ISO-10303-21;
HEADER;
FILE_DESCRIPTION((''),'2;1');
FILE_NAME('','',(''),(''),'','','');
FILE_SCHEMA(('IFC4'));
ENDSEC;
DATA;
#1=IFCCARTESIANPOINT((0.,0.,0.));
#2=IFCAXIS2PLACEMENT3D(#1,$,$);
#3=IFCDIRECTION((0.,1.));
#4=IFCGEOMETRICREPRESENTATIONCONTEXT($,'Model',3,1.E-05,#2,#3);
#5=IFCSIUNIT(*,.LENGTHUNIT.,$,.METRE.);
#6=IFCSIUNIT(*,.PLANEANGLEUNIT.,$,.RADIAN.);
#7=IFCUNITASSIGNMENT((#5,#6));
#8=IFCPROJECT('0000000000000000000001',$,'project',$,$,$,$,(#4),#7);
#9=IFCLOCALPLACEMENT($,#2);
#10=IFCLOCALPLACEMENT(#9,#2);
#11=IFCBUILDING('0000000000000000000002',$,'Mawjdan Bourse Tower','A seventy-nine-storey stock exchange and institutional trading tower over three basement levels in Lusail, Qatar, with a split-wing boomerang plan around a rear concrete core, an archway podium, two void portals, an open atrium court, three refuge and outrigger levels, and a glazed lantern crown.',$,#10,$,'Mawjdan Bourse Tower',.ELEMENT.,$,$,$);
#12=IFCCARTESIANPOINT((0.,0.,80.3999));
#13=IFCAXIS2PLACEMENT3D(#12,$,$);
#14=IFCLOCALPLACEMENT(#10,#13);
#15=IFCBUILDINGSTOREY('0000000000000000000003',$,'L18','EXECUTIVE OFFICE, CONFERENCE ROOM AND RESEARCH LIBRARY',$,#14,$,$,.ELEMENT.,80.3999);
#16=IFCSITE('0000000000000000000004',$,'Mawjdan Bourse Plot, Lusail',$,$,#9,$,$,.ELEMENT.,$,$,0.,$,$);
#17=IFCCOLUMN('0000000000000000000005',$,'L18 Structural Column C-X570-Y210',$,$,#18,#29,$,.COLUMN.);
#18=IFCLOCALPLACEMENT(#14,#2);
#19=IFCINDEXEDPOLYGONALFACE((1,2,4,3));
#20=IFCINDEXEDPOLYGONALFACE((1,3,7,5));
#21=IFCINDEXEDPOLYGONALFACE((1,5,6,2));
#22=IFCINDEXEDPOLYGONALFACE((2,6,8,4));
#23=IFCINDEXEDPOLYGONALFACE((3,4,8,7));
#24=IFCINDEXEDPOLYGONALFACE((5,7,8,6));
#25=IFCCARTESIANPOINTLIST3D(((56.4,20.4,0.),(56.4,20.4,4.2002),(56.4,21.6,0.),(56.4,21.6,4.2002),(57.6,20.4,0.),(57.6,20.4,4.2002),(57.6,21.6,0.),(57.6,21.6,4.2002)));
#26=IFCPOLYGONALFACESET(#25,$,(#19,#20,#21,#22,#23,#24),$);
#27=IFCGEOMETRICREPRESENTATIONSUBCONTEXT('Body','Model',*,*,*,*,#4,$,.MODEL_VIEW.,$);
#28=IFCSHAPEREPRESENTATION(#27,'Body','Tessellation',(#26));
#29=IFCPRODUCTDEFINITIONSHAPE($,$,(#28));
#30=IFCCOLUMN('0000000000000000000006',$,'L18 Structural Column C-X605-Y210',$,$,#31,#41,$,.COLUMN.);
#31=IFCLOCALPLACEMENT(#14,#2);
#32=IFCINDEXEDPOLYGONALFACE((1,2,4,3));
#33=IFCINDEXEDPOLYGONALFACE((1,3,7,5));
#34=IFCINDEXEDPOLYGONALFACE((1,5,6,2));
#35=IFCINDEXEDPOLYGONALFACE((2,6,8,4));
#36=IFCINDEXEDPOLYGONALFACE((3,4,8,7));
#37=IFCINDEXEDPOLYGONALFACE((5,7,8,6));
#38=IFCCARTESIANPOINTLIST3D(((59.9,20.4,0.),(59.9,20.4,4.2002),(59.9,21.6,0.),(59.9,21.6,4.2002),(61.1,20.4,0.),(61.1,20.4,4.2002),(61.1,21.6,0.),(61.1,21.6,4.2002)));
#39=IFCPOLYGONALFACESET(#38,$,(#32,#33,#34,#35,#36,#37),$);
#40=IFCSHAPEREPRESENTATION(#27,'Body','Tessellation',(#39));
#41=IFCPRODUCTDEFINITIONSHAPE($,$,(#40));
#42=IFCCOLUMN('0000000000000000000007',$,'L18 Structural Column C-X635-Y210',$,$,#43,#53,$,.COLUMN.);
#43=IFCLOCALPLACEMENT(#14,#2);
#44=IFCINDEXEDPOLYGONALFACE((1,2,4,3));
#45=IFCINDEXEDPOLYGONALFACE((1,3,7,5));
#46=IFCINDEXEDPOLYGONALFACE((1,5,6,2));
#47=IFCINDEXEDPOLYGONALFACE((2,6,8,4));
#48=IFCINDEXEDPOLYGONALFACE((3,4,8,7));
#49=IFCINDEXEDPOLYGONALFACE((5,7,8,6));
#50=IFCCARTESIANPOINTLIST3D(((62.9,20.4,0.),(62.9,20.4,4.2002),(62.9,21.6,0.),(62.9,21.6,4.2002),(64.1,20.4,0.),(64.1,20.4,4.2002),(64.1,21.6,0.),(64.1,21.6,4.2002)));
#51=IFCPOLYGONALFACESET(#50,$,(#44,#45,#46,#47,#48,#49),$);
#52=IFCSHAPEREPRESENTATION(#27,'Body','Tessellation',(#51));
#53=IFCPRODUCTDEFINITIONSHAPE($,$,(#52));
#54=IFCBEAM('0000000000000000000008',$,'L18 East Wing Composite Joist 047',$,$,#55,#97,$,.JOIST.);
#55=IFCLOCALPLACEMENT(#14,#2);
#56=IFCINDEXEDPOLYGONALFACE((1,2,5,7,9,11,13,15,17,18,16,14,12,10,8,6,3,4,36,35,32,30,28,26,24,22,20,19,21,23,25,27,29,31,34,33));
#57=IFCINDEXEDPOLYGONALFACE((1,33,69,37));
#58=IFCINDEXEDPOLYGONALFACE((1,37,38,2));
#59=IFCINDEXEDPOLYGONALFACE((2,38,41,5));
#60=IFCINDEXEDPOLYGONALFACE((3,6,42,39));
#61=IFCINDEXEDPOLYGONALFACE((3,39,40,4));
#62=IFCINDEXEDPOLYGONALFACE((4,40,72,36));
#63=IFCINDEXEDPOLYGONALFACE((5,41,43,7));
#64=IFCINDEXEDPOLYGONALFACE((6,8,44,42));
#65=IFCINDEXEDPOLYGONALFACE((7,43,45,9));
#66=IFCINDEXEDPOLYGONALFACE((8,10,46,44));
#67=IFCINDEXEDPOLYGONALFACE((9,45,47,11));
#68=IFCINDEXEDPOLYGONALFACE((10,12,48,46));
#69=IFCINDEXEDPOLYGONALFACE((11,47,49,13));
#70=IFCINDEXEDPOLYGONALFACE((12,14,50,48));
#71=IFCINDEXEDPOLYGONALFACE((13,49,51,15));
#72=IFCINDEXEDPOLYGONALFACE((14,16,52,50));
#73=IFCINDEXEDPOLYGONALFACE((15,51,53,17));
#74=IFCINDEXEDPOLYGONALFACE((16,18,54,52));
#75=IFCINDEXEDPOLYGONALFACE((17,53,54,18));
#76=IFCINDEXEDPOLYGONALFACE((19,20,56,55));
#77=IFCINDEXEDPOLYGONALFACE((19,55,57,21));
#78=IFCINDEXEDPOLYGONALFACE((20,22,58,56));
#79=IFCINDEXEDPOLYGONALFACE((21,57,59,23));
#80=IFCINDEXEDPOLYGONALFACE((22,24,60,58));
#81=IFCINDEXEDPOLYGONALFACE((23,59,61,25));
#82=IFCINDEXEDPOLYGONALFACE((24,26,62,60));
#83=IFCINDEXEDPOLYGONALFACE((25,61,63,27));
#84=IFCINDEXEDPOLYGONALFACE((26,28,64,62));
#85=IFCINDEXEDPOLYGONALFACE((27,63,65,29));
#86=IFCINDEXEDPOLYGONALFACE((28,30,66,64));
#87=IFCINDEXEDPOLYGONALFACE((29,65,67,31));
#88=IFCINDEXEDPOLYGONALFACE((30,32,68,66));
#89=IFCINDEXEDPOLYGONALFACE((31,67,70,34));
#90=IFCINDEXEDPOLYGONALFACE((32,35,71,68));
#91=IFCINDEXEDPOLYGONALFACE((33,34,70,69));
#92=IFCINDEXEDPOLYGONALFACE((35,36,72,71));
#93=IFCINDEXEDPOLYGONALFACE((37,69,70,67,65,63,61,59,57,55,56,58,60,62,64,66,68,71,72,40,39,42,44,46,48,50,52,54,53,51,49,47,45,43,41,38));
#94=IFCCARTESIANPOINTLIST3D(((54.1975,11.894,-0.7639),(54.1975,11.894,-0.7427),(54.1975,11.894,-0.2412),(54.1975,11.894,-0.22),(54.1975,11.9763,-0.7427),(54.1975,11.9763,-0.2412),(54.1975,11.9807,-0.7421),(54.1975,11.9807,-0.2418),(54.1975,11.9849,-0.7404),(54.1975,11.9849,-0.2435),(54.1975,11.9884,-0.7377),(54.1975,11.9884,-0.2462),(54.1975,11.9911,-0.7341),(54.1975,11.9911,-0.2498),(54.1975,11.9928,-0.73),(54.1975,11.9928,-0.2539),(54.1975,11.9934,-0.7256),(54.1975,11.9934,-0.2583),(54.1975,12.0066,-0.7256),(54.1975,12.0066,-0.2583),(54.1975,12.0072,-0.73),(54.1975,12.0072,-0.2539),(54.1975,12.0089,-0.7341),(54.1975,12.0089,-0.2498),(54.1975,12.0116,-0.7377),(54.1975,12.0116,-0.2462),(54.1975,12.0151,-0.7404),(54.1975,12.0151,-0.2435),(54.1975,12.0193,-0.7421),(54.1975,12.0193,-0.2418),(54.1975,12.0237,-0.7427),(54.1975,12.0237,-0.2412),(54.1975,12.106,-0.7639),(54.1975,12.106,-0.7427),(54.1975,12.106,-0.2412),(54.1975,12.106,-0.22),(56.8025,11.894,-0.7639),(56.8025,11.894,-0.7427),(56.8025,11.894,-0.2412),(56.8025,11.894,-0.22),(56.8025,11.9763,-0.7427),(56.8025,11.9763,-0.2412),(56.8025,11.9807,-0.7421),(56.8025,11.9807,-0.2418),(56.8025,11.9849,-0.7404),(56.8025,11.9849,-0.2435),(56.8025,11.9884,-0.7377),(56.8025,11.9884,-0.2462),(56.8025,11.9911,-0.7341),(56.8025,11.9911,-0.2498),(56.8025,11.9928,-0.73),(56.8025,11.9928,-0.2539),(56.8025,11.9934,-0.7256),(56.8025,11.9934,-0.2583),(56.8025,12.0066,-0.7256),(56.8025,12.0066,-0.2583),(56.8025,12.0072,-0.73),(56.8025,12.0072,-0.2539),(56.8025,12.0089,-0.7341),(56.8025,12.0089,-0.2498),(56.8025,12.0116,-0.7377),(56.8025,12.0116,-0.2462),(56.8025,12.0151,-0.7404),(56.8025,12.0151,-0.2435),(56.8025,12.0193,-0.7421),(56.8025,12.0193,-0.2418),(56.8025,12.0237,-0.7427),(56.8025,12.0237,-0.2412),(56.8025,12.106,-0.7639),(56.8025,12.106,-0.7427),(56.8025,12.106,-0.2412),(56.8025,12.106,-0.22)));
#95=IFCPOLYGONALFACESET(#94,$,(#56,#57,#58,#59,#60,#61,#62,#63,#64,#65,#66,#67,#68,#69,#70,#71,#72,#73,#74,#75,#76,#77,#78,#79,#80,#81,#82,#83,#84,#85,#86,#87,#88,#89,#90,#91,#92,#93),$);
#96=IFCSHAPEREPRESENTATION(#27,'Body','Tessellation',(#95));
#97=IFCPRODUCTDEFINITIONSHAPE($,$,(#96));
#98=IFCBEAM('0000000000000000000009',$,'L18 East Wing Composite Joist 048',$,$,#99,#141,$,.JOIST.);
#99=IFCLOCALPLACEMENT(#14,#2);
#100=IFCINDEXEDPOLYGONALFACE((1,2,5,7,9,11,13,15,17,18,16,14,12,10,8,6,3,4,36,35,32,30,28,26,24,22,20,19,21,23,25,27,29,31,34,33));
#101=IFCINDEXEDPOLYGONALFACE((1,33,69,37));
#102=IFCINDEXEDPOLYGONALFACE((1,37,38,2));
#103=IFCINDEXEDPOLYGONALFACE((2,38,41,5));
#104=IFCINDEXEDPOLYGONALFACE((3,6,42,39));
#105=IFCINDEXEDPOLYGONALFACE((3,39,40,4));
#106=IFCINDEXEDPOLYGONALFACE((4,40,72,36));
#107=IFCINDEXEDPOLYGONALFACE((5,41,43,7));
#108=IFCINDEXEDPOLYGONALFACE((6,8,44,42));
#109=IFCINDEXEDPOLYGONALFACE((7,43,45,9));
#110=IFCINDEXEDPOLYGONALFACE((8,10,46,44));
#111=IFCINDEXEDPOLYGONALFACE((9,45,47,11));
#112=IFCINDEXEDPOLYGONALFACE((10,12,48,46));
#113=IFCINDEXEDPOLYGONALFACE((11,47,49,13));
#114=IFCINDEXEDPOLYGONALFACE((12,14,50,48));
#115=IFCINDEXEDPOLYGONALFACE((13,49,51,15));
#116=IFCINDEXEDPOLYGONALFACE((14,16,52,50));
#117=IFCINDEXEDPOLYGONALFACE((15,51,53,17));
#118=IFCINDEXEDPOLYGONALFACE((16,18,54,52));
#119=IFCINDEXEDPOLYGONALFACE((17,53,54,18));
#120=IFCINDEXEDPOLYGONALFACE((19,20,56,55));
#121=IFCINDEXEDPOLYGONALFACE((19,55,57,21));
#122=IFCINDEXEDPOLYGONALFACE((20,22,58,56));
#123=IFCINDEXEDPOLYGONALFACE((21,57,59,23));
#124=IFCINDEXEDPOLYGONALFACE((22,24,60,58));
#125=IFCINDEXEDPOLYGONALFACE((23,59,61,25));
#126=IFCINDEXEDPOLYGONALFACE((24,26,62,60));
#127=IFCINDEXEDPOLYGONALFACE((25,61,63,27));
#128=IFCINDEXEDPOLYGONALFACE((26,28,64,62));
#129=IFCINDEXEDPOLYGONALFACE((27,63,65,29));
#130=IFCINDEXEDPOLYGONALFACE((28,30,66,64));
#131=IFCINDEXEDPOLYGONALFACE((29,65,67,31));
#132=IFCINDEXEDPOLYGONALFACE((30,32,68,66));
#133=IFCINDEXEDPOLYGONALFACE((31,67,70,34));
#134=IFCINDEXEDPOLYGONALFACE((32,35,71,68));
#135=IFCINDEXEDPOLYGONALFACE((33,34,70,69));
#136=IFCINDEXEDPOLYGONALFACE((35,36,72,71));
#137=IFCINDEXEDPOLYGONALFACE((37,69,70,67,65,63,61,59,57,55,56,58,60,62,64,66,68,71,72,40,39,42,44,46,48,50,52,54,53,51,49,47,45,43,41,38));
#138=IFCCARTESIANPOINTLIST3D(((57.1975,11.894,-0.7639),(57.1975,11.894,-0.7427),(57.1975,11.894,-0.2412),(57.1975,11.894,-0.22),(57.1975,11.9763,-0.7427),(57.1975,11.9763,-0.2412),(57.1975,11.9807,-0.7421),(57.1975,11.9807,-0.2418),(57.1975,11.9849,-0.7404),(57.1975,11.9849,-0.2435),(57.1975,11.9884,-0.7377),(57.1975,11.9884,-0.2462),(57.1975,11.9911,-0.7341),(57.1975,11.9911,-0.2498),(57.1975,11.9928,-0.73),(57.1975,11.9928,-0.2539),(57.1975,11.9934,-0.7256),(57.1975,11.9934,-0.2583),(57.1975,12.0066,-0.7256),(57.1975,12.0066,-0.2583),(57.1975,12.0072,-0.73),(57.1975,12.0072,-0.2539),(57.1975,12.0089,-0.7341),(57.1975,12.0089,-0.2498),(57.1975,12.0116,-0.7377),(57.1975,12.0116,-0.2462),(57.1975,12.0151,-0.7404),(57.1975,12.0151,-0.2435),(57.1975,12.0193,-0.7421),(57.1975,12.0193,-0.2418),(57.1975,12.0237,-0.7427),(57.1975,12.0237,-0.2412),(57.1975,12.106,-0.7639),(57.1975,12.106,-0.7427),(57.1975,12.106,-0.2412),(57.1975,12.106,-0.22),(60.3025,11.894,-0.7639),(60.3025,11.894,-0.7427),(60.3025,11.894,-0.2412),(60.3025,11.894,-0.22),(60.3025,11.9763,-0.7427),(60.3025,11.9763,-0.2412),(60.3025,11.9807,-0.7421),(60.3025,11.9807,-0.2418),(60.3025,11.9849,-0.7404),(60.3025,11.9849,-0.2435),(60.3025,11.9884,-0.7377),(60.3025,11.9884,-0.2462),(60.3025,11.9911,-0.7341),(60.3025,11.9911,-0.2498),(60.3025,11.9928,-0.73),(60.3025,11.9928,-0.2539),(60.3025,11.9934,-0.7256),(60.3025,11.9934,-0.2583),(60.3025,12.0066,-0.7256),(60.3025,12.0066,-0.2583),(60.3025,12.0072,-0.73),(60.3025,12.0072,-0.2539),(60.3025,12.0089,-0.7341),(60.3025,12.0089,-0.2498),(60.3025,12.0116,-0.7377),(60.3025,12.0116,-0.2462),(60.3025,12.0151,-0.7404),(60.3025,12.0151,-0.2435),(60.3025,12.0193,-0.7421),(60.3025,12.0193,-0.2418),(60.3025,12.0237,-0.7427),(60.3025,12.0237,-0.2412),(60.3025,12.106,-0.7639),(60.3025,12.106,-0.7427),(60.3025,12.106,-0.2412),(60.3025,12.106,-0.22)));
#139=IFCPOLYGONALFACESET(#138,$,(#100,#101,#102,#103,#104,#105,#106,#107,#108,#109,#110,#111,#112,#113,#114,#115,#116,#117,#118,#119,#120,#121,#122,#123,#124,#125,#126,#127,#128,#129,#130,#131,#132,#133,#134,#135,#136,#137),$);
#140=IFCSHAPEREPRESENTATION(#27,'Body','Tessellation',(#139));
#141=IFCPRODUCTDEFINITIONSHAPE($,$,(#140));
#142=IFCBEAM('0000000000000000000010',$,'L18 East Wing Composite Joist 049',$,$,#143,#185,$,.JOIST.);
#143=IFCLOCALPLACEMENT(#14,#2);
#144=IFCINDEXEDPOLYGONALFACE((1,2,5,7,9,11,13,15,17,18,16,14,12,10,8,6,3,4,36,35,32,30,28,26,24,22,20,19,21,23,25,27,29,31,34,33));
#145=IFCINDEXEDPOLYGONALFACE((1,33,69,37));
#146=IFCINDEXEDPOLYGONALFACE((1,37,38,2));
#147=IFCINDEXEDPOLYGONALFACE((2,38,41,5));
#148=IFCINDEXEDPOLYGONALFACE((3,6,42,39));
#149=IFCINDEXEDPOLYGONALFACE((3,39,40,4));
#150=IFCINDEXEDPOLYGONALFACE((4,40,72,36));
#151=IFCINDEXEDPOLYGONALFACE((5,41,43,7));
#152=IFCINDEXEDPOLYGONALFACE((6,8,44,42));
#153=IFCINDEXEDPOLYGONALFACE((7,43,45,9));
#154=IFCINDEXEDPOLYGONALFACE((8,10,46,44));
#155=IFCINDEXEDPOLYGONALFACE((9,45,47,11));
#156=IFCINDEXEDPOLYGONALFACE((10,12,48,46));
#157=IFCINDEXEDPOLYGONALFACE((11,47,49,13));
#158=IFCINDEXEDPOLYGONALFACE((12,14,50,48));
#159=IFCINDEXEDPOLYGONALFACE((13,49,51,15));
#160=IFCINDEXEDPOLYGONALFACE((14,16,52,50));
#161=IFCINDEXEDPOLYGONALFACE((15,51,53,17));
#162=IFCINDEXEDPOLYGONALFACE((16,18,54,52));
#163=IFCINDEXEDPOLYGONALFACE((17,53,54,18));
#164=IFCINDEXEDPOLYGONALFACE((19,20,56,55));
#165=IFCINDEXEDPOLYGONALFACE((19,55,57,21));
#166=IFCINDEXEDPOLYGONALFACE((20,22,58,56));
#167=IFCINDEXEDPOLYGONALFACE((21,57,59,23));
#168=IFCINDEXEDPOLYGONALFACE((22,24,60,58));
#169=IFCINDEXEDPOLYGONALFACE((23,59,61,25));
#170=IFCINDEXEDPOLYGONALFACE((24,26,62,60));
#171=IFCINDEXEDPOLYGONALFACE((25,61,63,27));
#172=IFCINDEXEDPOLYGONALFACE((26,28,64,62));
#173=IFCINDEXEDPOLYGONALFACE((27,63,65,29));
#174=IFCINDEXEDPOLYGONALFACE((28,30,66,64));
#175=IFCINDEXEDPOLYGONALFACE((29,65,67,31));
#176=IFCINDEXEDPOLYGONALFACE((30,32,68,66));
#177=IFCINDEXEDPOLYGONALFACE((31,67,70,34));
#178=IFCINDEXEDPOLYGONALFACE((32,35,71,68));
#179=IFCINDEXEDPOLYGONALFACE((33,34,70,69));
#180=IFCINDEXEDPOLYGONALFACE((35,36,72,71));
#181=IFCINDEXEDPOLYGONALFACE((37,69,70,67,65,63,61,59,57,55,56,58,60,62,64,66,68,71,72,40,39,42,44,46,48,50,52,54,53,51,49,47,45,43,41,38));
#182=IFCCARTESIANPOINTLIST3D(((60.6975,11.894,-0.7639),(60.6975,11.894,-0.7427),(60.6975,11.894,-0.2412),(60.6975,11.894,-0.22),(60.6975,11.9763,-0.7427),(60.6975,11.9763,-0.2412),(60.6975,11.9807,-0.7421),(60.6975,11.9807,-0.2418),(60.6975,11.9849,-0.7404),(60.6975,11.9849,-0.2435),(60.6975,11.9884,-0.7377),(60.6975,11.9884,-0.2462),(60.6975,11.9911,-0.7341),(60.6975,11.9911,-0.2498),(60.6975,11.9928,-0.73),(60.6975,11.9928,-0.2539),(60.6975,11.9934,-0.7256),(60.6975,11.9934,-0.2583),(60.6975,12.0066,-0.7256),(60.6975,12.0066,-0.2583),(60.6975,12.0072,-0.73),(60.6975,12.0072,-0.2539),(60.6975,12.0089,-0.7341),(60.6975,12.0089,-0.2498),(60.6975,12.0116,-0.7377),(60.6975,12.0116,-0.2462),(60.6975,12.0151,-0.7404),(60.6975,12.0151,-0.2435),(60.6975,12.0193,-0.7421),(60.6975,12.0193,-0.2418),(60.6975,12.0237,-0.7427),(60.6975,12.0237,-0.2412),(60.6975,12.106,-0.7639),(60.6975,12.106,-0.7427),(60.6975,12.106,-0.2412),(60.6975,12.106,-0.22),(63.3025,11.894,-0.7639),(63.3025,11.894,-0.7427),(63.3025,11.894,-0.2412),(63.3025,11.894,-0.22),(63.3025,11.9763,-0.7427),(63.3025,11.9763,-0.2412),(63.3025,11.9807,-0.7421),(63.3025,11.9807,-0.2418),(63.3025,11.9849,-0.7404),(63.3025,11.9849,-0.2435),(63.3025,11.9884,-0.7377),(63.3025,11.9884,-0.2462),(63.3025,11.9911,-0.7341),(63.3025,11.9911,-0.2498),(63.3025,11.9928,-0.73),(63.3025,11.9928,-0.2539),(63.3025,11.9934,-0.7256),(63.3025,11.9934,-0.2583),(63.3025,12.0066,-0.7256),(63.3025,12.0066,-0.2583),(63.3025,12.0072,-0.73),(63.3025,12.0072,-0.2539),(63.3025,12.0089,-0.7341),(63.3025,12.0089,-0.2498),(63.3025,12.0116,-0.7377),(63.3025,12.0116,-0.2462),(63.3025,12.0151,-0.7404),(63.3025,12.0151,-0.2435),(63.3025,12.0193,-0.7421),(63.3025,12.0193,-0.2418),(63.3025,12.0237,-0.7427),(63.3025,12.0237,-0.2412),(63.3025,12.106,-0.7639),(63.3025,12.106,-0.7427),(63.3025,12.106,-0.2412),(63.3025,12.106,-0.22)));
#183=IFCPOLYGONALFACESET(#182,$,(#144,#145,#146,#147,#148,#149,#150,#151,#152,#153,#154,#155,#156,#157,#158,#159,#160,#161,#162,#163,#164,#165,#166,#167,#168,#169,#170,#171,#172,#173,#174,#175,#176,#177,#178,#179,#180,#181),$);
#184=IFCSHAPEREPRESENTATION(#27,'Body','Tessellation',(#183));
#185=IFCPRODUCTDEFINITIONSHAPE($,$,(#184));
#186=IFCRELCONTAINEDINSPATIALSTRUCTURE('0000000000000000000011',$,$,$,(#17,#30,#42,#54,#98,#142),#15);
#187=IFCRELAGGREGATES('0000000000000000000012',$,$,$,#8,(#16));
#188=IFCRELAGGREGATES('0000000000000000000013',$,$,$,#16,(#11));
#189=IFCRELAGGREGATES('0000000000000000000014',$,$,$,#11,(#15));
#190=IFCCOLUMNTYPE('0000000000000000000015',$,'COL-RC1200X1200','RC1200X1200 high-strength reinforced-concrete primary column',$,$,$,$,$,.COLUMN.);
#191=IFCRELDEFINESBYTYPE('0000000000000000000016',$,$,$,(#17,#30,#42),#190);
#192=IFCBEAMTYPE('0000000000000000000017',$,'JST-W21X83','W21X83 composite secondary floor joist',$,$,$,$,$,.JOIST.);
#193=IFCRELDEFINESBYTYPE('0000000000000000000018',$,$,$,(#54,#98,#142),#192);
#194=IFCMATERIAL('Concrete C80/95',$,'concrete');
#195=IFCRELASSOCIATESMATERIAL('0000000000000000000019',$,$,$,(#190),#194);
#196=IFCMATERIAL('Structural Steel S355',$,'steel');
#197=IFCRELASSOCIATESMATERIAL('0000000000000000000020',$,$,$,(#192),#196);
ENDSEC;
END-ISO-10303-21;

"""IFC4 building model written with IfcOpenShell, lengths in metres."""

from ifc_helpers import new_model, si_unit, direction, frame, origin, origin_2d, place, context, subcontext, project, spatial, rectangle, i_section, extrude, material, material_profile, profile_set, type_object, element, save


model = new_model("IFC4")

# Units and contexts
model_context = context("Model", 3, precision=1e-05, world=origin(), true_north=direction((0.0, 1.0)))
body_context = subcontext(model_context, "Body", "Model", "MODEL_VIEW")
ifc_project = project(units=[si_unit("LENGTHUNIT", "METRE"), si_unit("PLANEANGLEUNIT", "RADIAN")], contexts=[model_context])

# Site, building, storey
site_placement = place(None, origin())
site = spatial("IfcSite", under=ifc_project, at=site_placement, Name="Mawjdan Bourse Plot, Lusail", CompositionType="ELEMENT", RefElevation=0.0)
building_placement = place(site_placement, origin())
building = spatial("IfcBuilding", under=site, at=building_placement, Name="Mawjdan Bourse Tower", Description="A seventy-nine-storey stock exchange and institutional trading tower over three basement levels in Lusail, Qatar, with a split-wing boomerang plan around a rear concrete core, an archway podium, two void portals, an open atrium court, three refuge and outrigger levels, and a glazed lantern crown.", LongName="Mawjdan Bourse Tower", CompositionType="ELEMENT")
storey_placement = place(building_placement, frame((0.0, 0.0, 80.3999)))
storey = spatial("IfcBuildingStorey", under=building, at=storey_placement, Name="L18", Description="EXECUTIVE OFFICE, CONFERENCE ROOM AND RESEARCH LIBRARY", CompositionType="ELEMENT", Elevation=80.3999)

# Columns
ifc_material_1 = material(Name="Concrete C80/95", Category="concrete")
ifc_material_profile_1 = material_profile(ifc_material_1, rectangle(XDim=1.2, YDim=1.2, at=origin_2d()), Name="RC1200X1200")
ifc_profile_set_1 = profile_set([ifc_material_profile_1], Name="Concrete C80/95")
column_type = type_object("IfcColumnType", Name="COL-RC1200X1200", Description="RC1200X1200 high-strength reinforced-concrete primary column", PredefinedType="COLUMN", material=ifc_profile_set_1)
for number, where, z_axis, x_axis, name in (
    (1, (57.0, 21.0, 0.0), (0.0, 0.0, 1.0), (1.0, 0.0, 0.0), "L18 Structural Column C-X570-Y210"),
    (2, (60.5, 21.0, 0.0), (0.0, 0.0, 1.0), (1.0, 0.0, 0.0), "L18 Structural Column C-X605-Y210"),
    (3, (63.5, 21.0, 0.0), (0.0, 0.0, 1.0), (1.0, 0.0, 0.0), "L18 Structural Column C-X635-Y210"),
):
    element("IfcColumn", number, at=place(storey_placement, frame(where, z_axis=z_axis, x_axis=x_axis)), inside=storey, type_object=column_type, Name=name, PredefinedType="COLUMN", context=body_context, shape_type="SweptSolid", body=[
        extrude(rectangle(XDim=1.2, YDim=1.2, at=origin_2d()), origin(), (0.0, 0.0, 1.0), 4.2002),
    ])

# Beams
ifc_material_2 = material(Name="Structural Steel S355", Category="steel")
ifc_material_profile_2 = material_profile(ifc_material_2, i_section(OverallWidth=0.2119, OverallDepth=0.5439, WebThickness=0.0132, FlangeThickness=0.0212, FilletRadius=0.0171, at=origin_2d()), Name="W21X83")
ifc_profile_set_2 = profile_set([ifc_material_profile_2], Name="Structural Steel S355")
beam_type_1 = type_object("IfcBeamType", Name="JST-W21X83", Description="W21X83 composite secondary floor joist", PredefinedType="JOIST", material=ifc_profile_set_2)
beam_1_placement = place(storey_placement, frame((54.1975, 12.0, -0.4919), z_axis=(1.0, 0.0, 0.0), x_axis=(0.0, 1.0, 0.0)))
element("IfcBeam", 4, at=beam_1_placement, inside=storey, type_object=beam_type_1, Name="L18 East Wing Composite Joist 047", PredefinedType="JOIST", context=body_context, shape_type="SweptSolid", body=[
    extrude(i_section(OverallWidth=0.2119, OverallDepth=0.5439, WebThickness=0.0132, FlangeThickness=0.0212, FilletRadius=0.0171, at=origin_2d()), origin(), (0.0, 0.0, 1.0), 2.605),
])
beam_2_placement = place(storey_placement, frame((57.1975, 12.0, -0.4919), z_axis=(1.0, 0.0, 0.0), x_axis=(0.0, 1.0, 0.0)))
element("IfcBeam", 5, at=beam_2_placement, inside=storey, type_object=beam_type_1, Name="L18 East Wing Composite Joist 048", PredefinedType="JOIST", context=body_context, shape_type="SweptSolid", body=[
    extrude(i_section(OverallWidth=0.2119, OverallDepth=0.5439, WebThickness=0.0132, FlangeThickness=0.0212, FilletRadius=0.0171, at=origin_2d()), origin(), (0.0, 0.0, 1.0), 3.105),
])
for number, where, z_axis, x_axis, name in (
    (6, (60.6975, 12.0, -0.4919), (1.0, 0.0, 0.0), (0.0, 1.0, 0.0), "L18 East Wing Composite Joist 049"),
):
    element("IfcBeam", number, at=place(storey_placement, frame(where, z_axis=z_axis, x_axis=x_axis)), inside=storey, type_object=beam_type_1, Name=name, PredefinedType="JOIST", context=body_context, shape_type="SweptSolid", body=[
        extrude(i_section(OverallWidth=0.2119, OverallDepth=0.5439, WebThickness=0.0132, FlangeThickness=0.0212, FilletRadius=0.0171, at=origin_2d()), origin(), (0.0, 0.0, 1.0), 2.605),
    ])

save(model, "model.ifc")
